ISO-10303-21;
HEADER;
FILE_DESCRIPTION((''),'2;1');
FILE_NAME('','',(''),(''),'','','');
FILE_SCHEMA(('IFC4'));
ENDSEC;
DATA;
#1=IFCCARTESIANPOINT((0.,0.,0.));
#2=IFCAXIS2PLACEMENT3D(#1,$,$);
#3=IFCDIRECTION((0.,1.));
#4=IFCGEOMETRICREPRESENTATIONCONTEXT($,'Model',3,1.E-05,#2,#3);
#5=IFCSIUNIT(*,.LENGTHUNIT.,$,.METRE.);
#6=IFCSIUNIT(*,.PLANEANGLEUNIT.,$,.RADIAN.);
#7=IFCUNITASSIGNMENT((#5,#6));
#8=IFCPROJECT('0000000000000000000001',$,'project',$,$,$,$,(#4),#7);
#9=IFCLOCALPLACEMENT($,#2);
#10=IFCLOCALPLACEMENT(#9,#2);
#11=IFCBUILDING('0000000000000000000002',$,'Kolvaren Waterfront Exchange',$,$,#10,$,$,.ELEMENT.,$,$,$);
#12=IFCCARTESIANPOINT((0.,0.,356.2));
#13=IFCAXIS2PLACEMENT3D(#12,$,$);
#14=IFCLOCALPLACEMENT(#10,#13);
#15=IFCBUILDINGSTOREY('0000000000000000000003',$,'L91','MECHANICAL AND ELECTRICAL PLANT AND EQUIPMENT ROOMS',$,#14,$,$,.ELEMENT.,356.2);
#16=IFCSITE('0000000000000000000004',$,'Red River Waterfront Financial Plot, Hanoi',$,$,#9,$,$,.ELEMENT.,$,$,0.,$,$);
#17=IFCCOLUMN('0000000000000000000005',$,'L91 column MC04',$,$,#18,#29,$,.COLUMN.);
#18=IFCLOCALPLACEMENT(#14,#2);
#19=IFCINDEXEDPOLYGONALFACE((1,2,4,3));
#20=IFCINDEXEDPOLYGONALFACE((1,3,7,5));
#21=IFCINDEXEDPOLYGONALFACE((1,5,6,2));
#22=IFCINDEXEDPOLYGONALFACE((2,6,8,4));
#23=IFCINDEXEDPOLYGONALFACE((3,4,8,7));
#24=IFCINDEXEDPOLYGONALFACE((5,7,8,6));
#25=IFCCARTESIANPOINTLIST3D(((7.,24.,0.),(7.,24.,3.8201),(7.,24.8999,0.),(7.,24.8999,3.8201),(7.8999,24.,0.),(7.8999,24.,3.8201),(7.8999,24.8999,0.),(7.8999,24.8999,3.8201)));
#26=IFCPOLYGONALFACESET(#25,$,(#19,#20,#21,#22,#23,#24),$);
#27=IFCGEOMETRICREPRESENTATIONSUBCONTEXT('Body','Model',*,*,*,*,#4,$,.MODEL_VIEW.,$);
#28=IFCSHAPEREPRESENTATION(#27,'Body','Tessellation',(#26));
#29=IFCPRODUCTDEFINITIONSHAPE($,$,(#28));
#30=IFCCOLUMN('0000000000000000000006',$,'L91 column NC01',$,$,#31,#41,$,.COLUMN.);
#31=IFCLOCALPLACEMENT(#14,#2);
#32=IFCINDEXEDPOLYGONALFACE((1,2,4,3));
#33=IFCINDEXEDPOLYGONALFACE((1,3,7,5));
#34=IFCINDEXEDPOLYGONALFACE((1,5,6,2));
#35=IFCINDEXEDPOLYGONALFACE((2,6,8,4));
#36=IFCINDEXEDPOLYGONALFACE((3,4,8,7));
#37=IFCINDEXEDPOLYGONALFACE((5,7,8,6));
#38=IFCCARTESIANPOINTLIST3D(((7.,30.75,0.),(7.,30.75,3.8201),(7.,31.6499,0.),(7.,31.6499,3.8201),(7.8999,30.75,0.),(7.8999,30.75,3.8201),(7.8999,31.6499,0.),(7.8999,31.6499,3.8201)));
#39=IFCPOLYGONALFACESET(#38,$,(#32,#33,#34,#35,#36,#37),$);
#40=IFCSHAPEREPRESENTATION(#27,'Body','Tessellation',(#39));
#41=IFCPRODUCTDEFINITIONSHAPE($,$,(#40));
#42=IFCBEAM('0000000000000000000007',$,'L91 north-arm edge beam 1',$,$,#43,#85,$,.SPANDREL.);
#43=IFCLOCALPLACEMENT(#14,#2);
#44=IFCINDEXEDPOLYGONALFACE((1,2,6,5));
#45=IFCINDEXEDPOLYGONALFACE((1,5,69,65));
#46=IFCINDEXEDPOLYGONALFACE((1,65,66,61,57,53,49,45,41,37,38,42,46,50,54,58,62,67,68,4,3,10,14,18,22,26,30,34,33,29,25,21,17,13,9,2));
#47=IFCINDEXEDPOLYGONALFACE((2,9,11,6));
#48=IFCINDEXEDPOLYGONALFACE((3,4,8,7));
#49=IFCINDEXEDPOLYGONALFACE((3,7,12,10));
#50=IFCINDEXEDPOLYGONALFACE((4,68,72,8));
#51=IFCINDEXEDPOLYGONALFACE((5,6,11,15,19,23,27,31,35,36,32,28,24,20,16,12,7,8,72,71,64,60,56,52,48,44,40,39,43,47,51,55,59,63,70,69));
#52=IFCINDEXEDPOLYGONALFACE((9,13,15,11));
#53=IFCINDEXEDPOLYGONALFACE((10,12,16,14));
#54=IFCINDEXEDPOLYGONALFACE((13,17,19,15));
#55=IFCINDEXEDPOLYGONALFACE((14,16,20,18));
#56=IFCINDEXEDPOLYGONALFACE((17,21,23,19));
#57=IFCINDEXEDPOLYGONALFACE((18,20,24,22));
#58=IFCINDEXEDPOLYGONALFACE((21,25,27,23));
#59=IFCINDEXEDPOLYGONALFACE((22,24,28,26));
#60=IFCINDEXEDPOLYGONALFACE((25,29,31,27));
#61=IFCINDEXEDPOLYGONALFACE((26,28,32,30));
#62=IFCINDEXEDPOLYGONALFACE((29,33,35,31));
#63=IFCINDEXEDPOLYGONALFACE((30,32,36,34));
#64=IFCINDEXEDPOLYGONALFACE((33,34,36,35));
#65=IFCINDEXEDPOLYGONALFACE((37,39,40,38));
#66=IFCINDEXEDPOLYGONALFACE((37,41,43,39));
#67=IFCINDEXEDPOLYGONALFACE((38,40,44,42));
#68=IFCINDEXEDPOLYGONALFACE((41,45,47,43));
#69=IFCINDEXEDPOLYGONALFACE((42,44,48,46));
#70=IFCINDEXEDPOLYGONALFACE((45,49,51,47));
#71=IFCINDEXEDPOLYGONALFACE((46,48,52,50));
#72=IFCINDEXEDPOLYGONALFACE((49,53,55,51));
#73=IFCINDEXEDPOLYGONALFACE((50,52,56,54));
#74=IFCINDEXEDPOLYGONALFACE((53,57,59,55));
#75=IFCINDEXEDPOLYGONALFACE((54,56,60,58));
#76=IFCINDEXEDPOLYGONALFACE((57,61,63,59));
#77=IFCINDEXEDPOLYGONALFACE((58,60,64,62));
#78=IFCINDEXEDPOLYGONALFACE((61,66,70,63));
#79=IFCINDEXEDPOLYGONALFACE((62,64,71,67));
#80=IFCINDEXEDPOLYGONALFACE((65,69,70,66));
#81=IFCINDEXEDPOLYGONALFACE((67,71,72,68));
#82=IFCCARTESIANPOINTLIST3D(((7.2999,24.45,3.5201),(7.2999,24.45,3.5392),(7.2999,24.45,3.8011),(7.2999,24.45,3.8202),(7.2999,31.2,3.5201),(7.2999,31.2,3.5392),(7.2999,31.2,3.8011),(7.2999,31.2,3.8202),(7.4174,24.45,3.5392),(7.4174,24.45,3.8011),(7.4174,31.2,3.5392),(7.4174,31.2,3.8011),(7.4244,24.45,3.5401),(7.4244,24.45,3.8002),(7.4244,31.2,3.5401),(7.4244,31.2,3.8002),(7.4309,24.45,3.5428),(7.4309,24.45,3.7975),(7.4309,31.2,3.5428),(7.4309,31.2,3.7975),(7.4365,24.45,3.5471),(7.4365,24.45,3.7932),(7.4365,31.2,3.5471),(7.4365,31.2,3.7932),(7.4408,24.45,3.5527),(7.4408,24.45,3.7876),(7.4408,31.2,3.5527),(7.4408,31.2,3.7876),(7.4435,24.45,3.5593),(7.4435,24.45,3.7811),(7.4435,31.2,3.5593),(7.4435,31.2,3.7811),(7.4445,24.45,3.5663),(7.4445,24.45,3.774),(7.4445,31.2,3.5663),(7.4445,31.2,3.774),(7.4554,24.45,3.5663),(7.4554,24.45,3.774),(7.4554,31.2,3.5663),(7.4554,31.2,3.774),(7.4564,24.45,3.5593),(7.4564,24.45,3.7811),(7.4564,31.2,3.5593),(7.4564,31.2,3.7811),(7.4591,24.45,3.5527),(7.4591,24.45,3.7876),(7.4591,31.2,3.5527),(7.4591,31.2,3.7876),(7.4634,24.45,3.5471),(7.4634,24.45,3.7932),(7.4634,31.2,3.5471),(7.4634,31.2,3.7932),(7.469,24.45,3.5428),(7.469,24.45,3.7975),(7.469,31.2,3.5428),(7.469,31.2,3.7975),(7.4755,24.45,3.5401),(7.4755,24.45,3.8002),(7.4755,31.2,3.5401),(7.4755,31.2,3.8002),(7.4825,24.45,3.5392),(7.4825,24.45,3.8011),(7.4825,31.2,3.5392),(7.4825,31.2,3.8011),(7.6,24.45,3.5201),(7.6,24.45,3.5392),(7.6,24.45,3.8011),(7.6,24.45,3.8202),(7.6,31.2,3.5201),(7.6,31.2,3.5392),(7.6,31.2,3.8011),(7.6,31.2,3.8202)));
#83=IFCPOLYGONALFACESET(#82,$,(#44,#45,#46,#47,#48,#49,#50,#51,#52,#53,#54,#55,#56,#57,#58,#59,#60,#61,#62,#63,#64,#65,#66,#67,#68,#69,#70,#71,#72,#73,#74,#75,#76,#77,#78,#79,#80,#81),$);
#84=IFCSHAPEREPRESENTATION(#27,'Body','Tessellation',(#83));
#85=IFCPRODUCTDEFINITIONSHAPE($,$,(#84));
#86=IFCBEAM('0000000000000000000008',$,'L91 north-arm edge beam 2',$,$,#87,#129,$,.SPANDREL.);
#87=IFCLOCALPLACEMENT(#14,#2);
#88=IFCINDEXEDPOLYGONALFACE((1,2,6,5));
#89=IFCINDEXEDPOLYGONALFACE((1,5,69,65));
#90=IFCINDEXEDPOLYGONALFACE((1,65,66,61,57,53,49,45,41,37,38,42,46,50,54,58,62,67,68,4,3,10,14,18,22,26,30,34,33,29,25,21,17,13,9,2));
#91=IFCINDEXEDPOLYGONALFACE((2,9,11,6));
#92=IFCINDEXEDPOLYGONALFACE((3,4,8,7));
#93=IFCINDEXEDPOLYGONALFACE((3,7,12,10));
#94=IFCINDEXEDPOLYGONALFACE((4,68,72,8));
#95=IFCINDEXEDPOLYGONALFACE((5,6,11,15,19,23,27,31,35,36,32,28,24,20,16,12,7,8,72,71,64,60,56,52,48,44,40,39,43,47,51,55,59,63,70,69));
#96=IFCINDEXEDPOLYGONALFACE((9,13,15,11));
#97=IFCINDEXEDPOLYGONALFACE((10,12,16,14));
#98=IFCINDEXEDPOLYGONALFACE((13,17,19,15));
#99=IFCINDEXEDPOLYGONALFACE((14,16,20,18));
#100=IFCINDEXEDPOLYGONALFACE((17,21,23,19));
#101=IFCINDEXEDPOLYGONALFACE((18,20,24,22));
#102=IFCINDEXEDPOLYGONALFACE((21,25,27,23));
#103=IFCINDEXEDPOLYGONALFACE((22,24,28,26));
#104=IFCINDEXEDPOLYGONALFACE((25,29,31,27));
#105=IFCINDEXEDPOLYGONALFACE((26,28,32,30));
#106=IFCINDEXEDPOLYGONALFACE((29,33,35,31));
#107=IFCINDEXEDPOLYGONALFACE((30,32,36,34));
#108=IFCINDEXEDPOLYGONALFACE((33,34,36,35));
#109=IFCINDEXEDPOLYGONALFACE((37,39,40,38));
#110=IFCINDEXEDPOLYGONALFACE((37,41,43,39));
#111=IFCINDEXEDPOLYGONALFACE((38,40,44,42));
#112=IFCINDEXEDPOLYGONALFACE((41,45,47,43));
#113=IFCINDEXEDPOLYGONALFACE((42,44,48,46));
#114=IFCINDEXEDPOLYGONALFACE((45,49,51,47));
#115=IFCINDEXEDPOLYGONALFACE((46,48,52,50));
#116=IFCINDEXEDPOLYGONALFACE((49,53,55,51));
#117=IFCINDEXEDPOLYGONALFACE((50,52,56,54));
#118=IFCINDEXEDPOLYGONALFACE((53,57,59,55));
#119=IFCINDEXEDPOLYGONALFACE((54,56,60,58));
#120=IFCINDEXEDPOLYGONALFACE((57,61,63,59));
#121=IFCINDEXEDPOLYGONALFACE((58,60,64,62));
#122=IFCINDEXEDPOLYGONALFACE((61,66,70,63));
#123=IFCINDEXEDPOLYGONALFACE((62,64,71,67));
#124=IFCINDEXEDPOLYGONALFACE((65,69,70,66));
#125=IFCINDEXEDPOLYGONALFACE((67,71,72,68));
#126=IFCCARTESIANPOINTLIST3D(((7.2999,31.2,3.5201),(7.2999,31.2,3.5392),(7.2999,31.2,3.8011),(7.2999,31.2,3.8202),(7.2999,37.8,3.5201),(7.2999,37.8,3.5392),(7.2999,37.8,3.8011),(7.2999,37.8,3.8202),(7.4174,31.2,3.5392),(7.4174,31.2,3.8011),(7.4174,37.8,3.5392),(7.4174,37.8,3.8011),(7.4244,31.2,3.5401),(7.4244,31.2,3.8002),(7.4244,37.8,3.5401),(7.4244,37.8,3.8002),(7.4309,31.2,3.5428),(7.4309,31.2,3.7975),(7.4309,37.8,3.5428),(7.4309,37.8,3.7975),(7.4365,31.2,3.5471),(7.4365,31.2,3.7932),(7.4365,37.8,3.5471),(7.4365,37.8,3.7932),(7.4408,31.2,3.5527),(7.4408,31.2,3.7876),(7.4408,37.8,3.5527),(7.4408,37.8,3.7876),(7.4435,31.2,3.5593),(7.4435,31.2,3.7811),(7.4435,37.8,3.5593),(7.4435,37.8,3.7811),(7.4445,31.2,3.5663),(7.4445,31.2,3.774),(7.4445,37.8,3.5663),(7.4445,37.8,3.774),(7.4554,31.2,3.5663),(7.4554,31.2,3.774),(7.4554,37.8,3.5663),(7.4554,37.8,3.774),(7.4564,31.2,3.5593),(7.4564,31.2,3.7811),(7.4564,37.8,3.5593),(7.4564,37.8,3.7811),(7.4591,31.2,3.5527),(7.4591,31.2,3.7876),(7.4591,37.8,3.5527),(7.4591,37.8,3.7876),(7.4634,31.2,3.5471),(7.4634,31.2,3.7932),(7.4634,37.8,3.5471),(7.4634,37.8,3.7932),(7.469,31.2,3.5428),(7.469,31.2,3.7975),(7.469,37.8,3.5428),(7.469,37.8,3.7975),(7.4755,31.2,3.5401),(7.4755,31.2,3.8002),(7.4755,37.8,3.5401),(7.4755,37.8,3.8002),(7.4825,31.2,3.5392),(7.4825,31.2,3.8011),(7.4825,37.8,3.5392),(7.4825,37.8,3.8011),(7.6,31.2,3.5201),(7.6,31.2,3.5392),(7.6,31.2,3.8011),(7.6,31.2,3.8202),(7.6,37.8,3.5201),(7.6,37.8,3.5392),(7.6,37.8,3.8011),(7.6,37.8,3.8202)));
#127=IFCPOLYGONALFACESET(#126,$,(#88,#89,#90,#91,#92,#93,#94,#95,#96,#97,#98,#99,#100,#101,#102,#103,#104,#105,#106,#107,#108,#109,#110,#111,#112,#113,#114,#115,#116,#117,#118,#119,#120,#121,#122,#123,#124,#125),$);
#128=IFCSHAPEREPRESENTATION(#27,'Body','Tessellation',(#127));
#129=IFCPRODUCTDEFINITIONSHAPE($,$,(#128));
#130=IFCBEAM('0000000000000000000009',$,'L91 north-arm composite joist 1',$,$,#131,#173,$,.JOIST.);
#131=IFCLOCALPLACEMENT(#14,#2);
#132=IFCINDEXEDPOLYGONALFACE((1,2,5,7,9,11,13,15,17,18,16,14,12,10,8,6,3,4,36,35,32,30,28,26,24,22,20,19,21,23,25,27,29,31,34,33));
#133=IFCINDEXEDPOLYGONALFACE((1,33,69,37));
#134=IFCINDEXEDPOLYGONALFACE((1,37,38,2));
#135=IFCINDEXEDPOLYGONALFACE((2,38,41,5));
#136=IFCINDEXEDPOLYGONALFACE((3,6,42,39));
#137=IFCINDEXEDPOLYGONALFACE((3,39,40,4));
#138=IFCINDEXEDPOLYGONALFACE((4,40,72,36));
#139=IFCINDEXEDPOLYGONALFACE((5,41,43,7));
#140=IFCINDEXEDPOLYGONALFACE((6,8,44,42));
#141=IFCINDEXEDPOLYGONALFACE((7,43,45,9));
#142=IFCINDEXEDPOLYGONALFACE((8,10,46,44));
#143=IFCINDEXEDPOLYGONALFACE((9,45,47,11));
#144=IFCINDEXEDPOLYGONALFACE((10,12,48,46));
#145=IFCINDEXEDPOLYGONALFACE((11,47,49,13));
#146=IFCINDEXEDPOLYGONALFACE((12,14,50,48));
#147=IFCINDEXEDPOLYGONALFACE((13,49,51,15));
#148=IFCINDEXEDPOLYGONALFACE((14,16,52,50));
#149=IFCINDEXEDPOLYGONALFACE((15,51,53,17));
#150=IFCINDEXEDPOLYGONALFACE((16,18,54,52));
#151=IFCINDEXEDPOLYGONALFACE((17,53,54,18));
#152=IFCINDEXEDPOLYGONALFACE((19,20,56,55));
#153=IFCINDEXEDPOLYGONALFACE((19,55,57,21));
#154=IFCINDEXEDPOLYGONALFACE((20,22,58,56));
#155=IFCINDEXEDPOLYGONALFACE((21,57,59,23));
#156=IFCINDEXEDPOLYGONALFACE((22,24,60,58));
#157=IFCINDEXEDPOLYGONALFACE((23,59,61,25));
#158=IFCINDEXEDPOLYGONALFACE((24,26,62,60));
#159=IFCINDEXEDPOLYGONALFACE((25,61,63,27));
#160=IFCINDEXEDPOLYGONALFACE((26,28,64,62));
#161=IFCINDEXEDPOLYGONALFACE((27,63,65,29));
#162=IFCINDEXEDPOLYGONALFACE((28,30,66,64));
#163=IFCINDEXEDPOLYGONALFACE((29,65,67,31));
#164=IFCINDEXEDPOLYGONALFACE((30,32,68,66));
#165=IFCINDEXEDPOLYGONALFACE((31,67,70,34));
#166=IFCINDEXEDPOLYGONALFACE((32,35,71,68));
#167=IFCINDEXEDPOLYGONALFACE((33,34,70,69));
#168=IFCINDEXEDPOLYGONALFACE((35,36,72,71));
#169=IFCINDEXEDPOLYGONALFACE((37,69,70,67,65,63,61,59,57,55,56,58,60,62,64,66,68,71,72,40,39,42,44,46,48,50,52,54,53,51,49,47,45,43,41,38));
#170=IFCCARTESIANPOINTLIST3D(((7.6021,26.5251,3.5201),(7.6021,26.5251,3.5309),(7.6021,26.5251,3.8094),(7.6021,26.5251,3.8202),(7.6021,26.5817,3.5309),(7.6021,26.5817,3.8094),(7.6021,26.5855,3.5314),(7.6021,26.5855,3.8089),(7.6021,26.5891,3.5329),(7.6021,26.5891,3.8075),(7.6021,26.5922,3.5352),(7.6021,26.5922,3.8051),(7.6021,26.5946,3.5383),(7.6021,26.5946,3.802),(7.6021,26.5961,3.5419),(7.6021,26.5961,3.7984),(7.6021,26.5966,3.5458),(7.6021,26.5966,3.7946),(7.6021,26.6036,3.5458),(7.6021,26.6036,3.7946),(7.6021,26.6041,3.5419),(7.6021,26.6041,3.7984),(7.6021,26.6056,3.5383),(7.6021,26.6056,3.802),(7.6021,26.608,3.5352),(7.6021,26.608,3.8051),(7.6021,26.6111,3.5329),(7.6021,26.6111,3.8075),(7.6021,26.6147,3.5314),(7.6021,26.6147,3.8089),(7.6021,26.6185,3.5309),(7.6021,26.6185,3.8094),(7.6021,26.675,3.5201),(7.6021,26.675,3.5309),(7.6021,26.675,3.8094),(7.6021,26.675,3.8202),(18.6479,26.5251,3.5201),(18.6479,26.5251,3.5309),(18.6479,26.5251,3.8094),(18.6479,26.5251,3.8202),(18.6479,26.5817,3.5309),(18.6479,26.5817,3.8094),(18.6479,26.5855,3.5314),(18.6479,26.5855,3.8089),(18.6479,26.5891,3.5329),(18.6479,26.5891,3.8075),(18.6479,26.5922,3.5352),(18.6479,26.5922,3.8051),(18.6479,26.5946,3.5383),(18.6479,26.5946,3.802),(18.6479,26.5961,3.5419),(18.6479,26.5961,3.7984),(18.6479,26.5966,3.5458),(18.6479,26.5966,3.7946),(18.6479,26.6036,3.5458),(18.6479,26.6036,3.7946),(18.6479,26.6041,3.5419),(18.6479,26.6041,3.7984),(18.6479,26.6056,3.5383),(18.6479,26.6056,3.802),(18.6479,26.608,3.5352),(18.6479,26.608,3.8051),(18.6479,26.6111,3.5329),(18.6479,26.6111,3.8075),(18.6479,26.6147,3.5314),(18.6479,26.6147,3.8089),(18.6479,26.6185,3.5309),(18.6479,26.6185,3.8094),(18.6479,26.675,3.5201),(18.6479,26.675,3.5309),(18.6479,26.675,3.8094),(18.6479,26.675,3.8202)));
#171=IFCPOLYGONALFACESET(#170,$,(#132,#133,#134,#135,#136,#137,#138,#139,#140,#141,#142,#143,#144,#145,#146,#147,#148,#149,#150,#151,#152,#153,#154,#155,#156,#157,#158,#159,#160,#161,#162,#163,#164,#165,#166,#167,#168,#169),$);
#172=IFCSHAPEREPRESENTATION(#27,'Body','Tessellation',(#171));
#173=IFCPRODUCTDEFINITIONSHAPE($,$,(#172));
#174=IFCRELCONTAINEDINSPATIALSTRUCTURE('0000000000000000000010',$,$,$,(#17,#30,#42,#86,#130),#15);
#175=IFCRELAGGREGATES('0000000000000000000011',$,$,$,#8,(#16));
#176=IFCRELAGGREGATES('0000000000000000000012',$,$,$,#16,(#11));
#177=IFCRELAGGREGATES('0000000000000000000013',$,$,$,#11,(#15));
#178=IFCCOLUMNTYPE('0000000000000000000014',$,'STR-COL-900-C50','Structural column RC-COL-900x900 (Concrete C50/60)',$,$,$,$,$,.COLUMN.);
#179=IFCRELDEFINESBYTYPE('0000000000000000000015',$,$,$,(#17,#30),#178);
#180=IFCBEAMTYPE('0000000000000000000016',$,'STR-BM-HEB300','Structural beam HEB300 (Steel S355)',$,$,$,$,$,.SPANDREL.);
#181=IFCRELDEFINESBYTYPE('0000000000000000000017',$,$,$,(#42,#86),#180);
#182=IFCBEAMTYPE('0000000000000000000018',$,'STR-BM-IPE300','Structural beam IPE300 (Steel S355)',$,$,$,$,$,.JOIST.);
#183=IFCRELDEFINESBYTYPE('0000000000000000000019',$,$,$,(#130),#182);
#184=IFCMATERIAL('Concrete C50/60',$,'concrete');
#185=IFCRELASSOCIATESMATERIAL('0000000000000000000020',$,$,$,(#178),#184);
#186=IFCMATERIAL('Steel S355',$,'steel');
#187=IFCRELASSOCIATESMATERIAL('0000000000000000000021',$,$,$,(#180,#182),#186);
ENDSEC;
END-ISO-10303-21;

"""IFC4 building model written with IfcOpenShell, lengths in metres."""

from ifc_helpers import new_model, si_unit, direction, frame, origin, origin_2d, place, context, subcontext, project, spatial, rectangle, i_section, extrude, material, material_profile, profile_set, type_object, element, save


model = new_model("IFC4")

# Units and contexts
model_context = context("Model", 3, precision=1e-05, world=origin(), true_north=direction((0.0, 1.0)))
body_context = subcontext(model_context, "Body", "Model", "MODEL_VIEW")
ifc_project = project(units=[si_unit("LENGTHUNIT", "METRE"), si_unit("PLANEANGLEUNIT", "RADIAN")], contexts=[model_context])

# Site, building, storey
site_placement = place(None, origin())
site = spatial("IfcSite", under=ifc_project, at=site_placement, Name="Red River Waterfront Financial Plot, Hanoi", CompositionType="ELEMENT", RefElevation=0.0)
building_placement = place(site_placement, origin())
building = spatial("IfcBuilding", under=site, at=building_placement, Name="Kolvaren Waterfront Exchange", CompositionType="ELEMENT")
storey_placement = place(building_placement, frame((0.0, 0.0, 356.2)))
storey = spatial("IfcBuildingStorey", under=building, at=storey_placement, Name="L91", Description="MECHANICAL AND ELECTRICAL PLANT AND EQUIPMENT ROOMS", CompositionType="ELEMENT", Elevation=356.2)

# Columns
ifc_material_1 = material(Name="Concrete C50/60", Category="concrete")
ifc_material_profile_1 = material_profile(ifc_material_1, rectangle(XDim=0.8999, YDim=0.8999, at=origin_2d()), Name="RC-COL-900x900")
ifc_profile_set_1 = profile_set([ifc_material_profile_1], Name="Concrete C50/60")
column_type = type_object("IfcColumnType", Name="STR-COL-900-C50", Description="Structural column RC-COL-900x900 (Concrete C50/60)", PredefinedType="COLUMN", material=ifc_profile_set_1)
for number, where, z_axis, x_axis, name in (
    (1, (7.45, 24.45, 0.0), (0.0, 0.0, 1.0), (1.0, 0.0, 0.0), "L91 column MC04"),
    (2, (7.45, 31.2, 0.0), (0.0, 0.0, 1.0), (1.0, 0.0, 0.0), "L91 column NC01"),
):
    element("IfcColumn", number, at=place(storey_placement, frame(where, z_axis=z_axis, x_axis=x_axis)), inside=storey, type_object=column_type, Name=name, PredefinedType="COLUMN", context=body_context, shape_type="SweptSolid", body=[
        extrude(rectangle(XDim=0.8999, YDim=0.8999, at=origin_2d()), origin(), (0.0, 0.0, 1.0), 3.8201),
    ])

# Beams
ifc_material_2 = material(Name="Steel S355", Category="steel")
ifc_material_profile_2 = material_profile(ifc_material_2, i_section(OverallWidth=0.3, OverallDepth=0.3, WebThickness=0.011, FlangeThickness=0.019, FilletRadius=0.0271, at=origin_2d()), Name="HEB300")
ifc_profile_set_2 = profile_set([ifc_material_profile_2], Name="Steel S355")
beam_type_1 = type_object("IfcBeamType", Name="STR-BM-HEB300", Description="Structural beam HEB300 (Steel S355)", PredefinedType="SPANDREL", material=ifc_profile_set_2)
beam_1_placement = place(storey_placement, frame((7.45, 24.45, 3.6702), z_axis=(0.0, 1.0, 0.0), x_axis=(-1.0, 0.0, 0.0)))
element("IfcBeam", 3, at=beam_1_placement, inside=storey, type_object=beam_type_1, Name="L91 north-arm edge beam 1", PredefinedType="SPANDREL", context=body_context, shape_type="SweptSolid", body=[
    extrude(i_section(OverallWidth=0.3, OverallDepth=0.3, WebThickness=0.011, FlangeThickness=0.019, FilletRadius=0.0271, at=origin_2d()), origin(), (0.0, 0.0, 1.0), 6.75),
])
beam_2_placement = place(storey_placement, frame((7.45, 31.2, 3.6702), z_axis=(0.0, 1.0, 0.0), x_axis=(-1.0, 0.0, 0.0)))
element("IfcBeam", 4, at=beam_2_placement, inside=storey, type_object=beam_type_1, Name="L91 north-arm edge beam 2", PredefinedType="SPANDREL", context=body_context, shape_type="SweptSolid", body=[
    extrude(i_section(OverallWidth=0.3, OverallDepth=0.3, WebThickness=0.011, FlangeThickness=0.019, FilletRadius=0.0271, at=origin_2d()), origin(), (0.0, 0.0, 1.0), 6.6001),
])
ifc_material_profile_3 = material_profile(ifc_material_2, i_section(OverallWidth=0.1499, OverallDepth=0.3, WebThickness=0.0071, FlangeThickness=0.0107, FilletRadius=0.0149, at=origin_2d()), Name="IPE300")
ifc_profile_set_3 = profile_set([ifc_material_profile_3], Name="Steel S355")
beam_type_2 = type_object("IfcBeamType", Name="STR-BM-IPE300", Description="Structural beam IPE300 (Steel S355)", PredefinedType="JOIST", material=ifc_profile_set_3)
beam_3_placement = place(storey_placement, frame((7.6021, 26.6001, 3.6702), z_axis=(1.0, 0.0, 0.0), x_axis=(0.0, 1.0, 0.0)))
element("IfcBeam", 5, at=beam_3_placement, inside=storey, type_object=beam_type_2, Name="L91 north-arm composite joist 1", PredefinedType="JOIST", context=body_context, shape_type="SweptSolid", body=[
    extrude(i_section(OverallWidth=0.1499, OverallDepth=0.3, WebThickness=0.0071, FlangeThickness=0.0107, FilletRadius=0.0149, at=origin_2d()), origin(), (0.0, 0.0, 1.0), 11.0459),
])

save(model, "model.ifc")
